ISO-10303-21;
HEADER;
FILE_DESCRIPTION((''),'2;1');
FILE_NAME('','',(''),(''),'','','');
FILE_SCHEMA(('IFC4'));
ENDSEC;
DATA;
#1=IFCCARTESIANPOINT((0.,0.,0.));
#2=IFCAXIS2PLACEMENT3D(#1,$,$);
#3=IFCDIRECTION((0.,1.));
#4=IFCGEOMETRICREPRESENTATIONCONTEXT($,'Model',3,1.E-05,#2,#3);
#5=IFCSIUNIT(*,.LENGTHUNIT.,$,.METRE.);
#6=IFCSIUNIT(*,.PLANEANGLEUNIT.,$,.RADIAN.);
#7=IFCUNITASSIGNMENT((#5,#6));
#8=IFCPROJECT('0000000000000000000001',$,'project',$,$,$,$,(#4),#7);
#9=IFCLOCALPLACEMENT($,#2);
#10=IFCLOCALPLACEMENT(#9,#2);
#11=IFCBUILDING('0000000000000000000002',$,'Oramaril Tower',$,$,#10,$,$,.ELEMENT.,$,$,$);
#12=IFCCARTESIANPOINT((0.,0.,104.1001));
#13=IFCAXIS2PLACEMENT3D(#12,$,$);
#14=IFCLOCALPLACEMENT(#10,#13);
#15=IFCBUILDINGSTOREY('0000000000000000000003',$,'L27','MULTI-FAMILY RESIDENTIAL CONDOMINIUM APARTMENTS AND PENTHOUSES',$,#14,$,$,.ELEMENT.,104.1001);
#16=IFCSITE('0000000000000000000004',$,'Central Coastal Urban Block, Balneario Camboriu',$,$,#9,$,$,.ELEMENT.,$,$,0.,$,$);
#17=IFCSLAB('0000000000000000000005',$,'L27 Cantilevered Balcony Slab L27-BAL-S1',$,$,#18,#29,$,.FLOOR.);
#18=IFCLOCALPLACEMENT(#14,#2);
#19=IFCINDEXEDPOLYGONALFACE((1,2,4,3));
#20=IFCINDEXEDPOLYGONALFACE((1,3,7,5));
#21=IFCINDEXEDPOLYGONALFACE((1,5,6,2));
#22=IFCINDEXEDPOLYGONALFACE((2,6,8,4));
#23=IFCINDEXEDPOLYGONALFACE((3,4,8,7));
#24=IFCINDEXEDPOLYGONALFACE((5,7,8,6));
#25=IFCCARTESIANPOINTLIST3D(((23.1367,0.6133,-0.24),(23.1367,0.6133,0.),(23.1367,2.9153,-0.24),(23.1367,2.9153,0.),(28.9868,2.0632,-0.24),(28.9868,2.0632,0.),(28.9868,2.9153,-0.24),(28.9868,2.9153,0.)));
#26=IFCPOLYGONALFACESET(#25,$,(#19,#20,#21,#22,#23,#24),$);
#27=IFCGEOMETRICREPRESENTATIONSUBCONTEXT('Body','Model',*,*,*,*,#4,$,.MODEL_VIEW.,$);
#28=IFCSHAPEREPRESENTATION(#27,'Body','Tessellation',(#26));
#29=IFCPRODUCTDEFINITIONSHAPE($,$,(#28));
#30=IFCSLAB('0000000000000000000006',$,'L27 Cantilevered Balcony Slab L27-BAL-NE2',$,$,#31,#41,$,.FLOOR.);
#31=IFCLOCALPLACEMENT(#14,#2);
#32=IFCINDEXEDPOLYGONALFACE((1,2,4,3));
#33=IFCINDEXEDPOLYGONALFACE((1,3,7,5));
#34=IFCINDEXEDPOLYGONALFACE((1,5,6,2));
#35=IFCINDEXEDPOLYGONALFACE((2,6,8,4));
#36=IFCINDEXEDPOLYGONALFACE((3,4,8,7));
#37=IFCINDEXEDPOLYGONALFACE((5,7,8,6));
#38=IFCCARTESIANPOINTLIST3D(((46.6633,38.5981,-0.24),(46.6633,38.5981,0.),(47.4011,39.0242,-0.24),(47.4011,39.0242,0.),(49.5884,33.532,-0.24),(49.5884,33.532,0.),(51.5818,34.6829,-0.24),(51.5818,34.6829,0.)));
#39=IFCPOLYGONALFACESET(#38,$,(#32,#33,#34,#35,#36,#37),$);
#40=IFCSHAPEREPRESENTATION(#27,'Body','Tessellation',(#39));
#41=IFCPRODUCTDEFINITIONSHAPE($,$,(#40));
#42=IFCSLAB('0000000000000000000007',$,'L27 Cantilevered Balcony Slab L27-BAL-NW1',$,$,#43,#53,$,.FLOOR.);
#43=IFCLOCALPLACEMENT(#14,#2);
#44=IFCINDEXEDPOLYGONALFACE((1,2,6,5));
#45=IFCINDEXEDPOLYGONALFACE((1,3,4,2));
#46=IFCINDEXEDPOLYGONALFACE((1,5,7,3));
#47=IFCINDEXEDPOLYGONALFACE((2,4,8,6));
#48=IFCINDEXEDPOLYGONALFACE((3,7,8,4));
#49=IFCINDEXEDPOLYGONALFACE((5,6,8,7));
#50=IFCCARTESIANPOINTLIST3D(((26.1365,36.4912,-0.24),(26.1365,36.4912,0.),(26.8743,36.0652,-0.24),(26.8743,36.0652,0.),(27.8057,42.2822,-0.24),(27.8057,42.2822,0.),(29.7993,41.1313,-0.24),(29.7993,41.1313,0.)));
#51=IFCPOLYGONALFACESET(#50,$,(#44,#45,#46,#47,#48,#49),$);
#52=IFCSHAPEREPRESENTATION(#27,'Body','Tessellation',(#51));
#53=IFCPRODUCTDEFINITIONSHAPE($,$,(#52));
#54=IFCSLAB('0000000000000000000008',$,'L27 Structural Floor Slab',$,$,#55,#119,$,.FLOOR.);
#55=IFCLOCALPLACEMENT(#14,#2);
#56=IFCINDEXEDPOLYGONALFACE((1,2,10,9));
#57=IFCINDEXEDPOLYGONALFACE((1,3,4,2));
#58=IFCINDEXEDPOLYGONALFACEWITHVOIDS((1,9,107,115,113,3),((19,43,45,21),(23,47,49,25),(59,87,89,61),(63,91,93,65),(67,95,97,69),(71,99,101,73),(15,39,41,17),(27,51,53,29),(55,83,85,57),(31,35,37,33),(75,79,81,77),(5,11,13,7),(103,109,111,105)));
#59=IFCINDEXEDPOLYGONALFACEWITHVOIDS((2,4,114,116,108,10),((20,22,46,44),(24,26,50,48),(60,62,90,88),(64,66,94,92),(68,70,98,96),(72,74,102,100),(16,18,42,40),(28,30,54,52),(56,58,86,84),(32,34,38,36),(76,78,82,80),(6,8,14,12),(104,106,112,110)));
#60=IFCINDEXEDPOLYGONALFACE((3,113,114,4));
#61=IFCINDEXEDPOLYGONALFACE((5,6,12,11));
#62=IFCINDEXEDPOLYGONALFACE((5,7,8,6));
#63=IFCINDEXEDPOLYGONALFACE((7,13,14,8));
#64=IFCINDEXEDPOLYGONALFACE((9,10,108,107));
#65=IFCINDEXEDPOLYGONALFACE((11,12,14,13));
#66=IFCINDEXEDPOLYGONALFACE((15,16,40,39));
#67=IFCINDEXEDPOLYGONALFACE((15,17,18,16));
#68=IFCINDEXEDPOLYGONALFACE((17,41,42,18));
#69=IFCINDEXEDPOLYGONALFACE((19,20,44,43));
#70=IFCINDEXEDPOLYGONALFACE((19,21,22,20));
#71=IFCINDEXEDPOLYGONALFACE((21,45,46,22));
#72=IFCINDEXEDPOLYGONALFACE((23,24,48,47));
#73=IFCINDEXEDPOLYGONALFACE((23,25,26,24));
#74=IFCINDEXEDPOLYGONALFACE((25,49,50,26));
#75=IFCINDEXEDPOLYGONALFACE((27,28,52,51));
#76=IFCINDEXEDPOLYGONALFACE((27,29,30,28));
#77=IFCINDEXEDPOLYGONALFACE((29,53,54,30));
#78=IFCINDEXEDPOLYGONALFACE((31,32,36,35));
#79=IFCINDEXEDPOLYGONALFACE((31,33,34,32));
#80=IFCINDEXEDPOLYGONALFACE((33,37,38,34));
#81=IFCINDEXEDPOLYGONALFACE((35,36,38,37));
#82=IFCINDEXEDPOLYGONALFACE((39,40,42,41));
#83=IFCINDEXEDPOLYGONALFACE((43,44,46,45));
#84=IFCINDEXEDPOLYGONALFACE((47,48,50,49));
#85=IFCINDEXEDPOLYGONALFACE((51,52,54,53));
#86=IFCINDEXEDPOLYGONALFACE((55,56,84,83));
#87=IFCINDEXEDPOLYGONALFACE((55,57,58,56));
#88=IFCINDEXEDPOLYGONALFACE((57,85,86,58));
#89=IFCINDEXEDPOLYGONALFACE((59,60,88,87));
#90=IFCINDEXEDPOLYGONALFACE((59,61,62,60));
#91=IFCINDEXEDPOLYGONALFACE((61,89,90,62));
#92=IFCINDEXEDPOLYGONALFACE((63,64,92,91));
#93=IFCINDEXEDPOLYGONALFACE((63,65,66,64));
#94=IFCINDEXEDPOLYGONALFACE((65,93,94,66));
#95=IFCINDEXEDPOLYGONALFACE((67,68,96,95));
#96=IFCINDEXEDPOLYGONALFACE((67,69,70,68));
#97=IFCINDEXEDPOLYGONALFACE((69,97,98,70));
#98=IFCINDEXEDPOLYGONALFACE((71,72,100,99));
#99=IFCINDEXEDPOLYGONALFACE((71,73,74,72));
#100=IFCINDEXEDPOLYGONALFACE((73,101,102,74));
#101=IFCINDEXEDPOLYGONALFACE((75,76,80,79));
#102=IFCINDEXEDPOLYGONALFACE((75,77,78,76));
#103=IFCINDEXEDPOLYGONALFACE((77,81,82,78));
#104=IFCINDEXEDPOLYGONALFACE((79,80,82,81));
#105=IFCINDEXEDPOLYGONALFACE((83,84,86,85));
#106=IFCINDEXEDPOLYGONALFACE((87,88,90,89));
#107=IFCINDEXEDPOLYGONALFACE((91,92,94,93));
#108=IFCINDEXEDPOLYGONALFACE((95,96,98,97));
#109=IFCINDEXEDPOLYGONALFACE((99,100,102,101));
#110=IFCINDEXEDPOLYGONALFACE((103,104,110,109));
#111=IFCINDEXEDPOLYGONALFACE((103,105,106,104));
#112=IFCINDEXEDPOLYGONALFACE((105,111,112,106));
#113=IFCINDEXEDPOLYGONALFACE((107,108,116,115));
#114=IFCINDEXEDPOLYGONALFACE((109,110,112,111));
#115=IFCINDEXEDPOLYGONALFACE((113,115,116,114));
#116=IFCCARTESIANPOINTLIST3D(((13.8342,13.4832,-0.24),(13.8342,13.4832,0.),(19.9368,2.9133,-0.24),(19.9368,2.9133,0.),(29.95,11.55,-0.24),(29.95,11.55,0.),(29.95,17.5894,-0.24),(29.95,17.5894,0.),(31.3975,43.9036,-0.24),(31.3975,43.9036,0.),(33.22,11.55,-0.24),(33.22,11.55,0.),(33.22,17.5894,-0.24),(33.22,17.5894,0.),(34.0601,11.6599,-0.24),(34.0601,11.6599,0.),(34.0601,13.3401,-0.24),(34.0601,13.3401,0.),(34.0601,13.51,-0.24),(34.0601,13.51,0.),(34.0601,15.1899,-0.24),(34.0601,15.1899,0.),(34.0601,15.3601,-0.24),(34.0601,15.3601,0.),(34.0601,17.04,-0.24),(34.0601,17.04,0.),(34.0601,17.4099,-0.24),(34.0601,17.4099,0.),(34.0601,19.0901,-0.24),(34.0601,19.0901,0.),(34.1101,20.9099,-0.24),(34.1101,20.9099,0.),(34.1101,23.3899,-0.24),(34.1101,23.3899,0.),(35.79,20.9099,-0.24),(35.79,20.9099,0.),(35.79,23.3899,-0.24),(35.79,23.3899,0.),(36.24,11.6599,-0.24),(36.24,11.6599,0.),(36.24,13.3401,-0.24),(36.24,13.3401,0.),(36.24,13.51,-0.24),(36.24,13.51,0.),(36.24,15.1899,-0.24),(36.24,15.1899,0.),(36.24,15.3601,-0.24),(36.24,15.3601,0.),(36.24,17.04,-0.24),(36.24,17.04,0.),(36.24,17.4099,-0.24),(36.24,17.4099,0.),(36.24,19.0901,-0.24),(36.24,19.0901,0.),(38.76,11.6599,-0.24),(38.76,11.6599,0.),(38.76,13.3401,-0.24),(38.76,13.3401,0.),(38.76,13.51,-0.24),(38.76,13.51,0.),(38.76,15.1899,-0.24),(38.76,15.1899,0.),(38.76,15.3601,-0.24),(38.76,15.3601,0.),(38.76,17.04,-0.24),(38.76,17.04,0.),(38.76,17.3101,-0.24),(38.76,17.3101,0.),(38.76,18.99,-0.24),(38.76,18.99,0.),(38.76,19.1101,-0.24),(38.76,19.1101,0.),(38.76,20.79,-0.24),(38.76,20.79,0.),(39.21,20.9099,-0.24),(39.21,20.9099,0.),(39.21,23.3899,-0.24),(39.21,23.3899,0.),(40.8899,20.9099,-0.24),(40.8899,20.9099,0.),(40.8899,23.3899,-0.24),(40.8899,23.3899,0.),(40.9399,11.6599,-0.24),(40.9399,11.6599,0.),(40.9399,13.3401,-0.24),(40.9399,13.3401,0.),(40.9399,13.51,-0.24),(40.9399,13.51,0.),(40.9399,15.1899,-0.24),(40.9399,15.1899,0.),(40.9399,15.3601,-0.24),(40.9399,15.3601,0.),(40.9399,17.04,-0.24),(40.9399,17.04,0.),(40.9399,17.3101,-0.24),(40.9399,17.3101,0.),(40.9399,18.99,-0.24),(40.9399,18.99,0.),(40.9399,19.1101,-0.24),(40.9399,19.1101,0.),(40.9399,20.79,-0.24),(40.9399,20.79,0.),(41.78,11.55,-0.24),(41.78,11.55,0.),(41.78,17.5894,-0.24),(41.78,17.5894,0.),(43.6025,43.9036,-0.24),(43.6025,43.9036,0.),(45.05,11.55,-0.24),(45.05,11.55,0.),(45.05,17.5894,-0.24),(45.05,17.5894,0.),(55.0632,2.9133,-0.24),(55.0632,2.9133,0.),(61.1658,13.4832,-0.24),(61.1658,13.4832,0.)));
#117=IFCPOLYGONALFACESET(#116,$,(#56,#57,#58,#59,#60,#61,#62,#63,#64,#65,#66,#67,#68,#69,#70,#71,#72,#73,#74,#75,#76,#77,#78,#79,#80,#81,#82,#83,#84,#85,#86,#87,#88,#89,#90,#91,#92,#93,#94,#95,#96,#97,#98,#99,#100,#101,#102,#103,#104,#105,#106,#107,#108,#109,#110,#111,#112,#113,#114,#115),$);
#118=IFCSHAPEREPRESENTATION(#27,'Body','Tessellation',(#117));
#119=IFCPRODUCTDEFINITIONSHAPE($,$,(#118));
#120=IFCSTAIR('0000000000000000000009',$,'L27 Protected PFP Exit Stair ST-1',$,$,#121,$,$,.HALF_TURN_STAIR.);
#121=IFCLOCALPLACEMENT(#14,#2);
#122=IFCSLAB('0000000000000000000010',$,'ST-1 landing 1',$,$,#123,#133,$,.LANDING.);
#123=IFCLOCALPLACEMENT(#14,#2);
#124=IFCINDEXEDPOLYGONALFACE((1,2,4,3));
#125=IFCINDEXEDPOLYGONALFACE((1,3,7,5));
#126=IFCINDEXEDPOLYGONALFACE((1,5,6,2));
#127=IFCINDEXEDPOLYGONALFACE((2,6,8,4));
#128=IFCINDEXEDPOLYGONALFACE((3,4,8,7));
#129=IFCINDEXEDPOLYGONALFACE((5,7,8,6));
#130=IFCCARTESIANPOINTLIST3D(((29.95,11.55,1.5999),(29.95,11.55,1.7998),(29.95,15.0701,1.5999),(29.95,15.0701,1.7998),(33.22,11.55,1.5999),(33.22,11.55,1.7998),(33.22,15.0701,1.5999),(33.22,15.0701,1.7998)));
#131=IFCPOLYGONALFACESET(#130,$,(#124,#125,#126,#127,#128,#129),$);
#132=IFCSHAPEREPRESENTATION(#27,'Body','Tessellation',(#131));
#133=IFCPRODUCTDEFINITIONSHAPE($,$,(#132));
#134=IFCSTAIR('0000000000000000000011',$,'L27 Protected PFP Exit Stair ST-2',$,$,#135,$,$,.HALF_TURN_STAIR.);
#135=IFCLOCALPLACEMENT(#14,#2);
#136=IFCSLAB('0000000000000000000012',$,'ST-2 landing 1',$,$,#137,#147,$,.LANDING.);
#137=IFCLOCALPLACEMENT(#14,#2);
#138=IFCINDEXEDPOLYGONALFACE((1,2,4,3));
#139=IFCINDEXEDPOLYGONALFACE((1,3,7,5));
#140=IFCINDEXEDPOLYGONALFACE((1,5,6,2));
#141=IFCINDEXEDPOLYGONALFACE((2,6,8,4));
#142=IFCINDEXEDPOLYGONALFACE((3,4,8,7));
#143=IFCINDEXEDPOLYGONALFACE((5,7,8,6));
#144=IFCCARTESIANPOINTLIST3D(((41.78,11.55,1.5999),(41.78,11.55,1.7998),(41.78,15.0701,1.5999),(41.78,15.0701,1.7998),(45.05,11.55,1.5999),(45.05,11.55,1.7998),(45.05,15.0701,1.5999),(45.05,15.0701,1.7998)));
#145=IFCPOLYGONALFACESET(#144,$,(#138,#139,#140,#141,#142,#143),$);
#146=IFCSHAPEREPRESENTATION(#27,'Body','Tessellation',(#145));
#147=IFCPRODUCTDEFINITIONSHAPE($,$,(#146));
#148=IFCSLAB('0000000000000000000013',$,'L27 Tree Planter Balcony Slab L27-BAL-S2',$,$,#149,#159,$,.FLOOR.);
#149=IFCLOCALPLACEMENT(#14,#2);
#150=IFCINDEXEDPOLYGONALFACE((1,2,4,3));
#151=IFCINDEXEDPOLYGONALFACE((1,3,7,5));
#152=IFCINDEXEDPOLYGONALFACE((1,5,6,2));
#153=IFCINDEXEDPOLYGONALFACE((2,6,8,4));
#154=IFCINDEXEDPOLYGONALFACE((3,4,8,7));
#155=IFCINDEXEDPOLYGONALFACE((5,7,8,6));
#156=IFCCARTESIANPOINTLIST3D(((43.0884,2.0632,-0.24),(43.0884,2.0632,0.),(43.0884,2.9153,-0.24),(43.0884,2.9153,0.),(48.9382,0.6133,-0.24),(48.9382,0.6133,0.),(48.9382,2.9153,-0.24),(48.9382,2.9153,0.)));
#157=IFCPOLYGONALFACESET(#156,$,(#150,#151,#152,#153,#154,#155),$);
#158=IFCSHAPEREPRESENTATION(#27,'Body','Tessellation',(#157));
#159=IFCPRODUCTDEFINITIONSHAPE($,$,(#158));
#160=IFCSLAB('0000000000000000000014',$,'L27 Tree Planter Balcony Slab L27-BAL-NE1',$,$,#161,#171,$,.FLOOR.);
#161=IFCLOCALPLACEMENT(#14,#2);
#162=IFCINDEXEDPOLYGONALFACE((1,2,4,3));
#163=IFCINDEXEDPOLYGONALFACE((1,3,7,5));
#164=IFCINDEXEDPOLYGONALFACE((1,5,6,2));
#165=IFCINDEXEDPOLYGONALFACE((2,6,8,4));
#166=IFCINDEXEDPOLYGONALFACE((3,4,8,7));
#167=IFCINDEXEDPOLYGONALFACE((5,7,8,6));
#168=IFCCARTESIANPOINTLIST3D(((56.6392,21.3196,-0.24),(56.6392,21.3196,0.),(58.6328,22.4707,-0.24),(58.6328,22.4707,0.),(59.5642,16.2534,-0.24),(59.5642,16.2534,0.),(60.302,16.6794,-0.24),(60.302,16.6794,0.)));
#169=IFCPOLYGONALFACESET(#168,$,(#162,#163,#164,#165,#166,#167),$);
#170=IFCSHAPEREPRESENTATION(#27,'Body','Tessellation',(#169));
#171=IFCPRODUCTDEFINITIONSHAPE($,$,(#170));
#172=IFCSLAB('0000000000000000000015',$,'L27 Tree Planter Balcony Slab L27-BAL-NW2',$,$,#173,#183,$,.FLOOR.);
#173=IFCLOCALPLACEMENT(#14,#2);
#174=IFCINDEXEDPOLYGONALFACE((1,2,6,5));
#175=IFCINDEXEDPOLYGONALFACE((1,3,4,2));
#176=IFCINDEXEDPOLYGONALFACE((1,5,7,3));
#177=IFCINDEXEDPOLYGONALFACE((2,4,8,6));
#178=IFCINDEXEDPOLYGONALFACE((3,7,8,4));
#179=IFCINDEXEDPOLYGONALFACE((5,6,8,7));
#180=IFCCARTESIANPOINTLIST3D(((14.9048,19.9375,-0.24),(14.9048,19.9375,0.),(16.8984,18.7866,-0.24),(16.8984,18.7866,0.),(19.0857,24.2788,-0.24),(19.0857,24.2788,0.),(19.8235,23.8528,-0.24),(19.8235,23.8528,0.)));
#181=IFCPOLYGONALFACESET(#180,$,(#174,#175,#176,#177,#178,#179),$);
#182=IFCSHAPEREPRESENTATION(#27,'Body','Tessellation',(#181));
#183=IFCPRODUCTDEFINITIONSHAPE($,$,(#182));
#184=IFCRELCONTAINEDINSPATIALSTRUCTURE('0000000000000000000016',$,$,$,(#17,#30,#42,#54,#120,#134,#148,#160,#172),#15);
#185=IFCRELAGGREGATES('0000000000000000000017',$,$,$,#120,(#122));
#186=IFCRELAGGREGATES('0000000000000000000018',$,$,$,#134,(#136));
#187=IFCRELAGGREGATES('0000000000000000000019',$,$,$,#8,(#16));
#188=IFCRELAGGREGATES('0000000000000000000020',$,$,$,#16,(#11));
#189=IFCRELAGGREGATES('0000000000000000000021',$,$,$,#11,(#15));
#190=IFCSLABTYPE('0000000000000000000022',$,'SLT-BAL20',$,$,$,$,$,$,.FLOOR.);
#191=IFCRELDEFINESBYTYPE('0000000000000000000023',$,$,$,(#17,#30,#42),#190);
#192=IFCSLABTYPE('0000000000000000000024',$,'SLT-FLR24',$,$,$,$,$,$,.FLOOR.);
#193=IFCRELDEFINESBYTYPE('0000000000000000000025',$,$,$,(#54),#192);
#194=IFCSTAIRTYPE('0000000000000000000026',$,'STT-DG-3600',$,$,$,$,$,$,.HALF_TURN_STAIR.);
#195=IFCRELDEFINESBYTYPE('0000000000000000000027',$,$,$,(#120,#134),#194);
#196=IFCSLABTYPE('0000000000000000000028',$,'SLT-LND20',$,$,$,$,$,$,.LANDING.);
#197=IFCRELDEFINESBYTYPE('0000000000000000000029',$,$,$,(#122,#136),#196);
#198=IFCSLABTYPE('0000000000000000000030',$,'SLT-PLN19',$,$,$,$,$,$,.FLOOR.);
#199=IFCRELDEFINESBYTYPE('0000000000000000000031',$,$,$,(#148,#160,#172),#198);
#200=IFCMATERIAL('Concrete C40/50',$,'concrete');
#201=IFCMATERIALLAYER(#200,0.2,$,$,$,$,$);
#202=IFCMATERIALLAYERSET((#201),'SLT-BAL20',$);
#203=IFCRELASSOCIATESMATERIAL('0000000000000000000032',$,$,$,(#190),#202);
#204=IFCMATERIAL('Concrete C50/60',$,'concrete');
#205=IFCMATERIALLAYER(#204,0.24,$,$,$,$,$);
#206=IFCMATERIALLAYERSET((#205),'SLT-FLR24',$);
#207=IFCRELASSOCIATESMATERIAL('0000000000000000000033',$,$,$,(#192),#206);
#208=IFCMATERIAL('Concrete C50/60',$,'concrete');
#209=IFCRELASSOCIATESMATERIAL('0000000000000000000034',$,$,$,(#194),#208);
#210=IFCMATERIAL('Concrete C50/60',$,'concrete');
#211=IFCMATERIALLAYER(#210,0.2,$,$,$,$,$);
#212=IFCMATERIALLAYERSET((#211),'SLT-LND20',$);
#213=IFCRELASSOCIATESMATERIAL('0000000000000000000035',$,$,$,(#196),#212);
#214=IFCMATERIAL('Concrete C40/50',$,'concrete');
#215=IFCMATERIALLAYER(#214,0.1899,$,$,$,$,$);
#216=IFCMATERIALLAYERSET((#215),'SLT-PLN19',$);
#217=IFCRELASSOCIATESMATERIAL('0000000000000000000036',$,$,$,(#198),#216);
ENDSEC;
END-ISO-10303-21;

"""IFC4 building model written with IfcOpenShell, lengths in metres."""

from ifc_helpers import new_model, si_unit, direction, frame, origin, place, context, subcontext, project, spatial, polyline, outline, extrude, material, layer, layer_set, type_object, element, aggregate, save


model = new_model("IFC4")

# Units and contexts
model_context = context("Model", 3, precision=1e-05, world=origin(), true_north=direction((0.0, 1.0)))
body_context = subcontext(model_context, "Body", "Model", "MODEL_VIEW")
ifc_project = project(units=[si_unit("LENGTHUNIT", "METRE"), si_unit("PLANEANGLEUNIT", "RADIAN")], contexts=[model_context])

# Site, building, storey
site_placement = place(None, origin())
site = spatial("IfcSite", under=ifc_project, at=site_placement, Name="Central Coastal Urban Block, Balneario Camboriu", CompositionType="ELEMENT", RefElevation=0.0)
building_placement = place(site_placement, origin())
building = spatial("IfcBuilding", under=site, at=building_placement, Name="Oramaril Tower", CompositionType="ELEMENT")
storey_placement = place(building_placement, frame((0.0, 0.0, 104.1001)))
storey = spatial("IfcBuildingStorey", under=building, at=storey_placement, Name="L27", Description="MULTI-FAMILY RESIDENTIAL CONDOMINIUM APARTMENTS AND PENTHOUSES", CompositionType="ELEMENT", Elevation=104.1001)

# Slabs
ifc_material_1 = material(Name="Concrete C40/50", Category="concrete")
ifc_layer_1 = layer(ifc_material_1, 0.2)
ifc_layer_set_1 = layer_set([ifc_layer_1], Name="SLT-BAL20")
slab_type_1 = type_object("IfcSlabType", Name="SLT-BAL20", PredefinedType="FLOOR", material=ifc_layer_set_1)
slab_1_placement = place(storey_placement, frame((0.0, 0.0, -0.24)))
element("IfcSlab", 1, at=slab_1_placement, inside=storey, type_object=slab_type_1, Name="L27 Cantilevered Balcony Slab L27-BAL-S1", PredefinedType="FLOOR", context=body_context, shape_type="SweptSolid", body=[
    extrude(outline(polyline([(23.1367, 2.9153), (28.9868, 2.9153), (28.9868, 2.0632), (23.1367, 0.6133), (23.1367, 2.9153)])), origin(), (0.0, 0.0, 1.0), 0.24),
])
slab_2_placement = place(storey_placement, frame((0.0, 0.0, -0.24)))
element("IfcSlab", 2, at=slab_2_placement, inside=storey, type_object=slab_type_1, Name="L27 Cantilevered Balcony Slab L27-BAL-NE2", PredefinedType="FLOOR", context=body_context, shape_type="SweptSolid", body=[
    extrude(outline(polyline([(49.5884, 33.532), (46.6633, 38.5981), (47.4011, 39.0242), (51.5818, 34.6829), (49.5884, 33.532)])), origin(), (0.0, 0.0, 1.0), 0.24),
])
slab_3_placement = place(storey_placement, frame((0.0, 0.0, -0.24)))
element("IfcSlab", 3, at=slab_3_placement, inside=storey, type_object=slab_type_1, Name="L27 Cantilevered Balcony Slab L27-BAL-NW1", PredefinedType="FLOOR", context=body_context, shape_type="SweptSolid", body=[
    extrude(outline(polyline([(29.7993, 41.1313), (26.8743, 36.0652), (26.1365, 36.4912), (27.8057, 42.2822), (29.7993, 41.1313)])), origin(), (0.0, 0.0, 1.0), 0.24),
])
ifc_material_2 = material(Name="Concrete C50/60", Category="concrete")
ifc_layer_2 = layer(ifc_material_2, 0.24)
ifc_layer_set_2 = layer_set([ifc_layer_2], Name="SLT-FLR24")
slab_type_2 = type_object("IfcSlabType", Name="SLT-FLR24", PredefinedType="FLOOR", material=ifc_layer_set_2)
slab_4_placement = place(storey_placement, frame((0.0, 0.0, -0.24)))
element("IfcSlab", 4, at=slab_4_placement, inside=storey, type_object=slab_type_2, Name="L27 Structural Floor Slab", PredefinedType="FLOOR", context=body_context, shape_type="SweptSolid", body=[
    extrude(outline(polyline([(13.8342, 13.4832), (19.9368, 2.9133), (55.0632, 2.9133), (61.1658, 13.4832), (43.6025, 43.9036), (31.3975, 43.9036), (13.8342, 13.4832)]), holes=[polyline([(29.95, 17.5894), (29.95, 11.55), (33.22, 11.55), (33.22, 17.5894), (29.95, 17.5894)]), polyline([(41.78, 17.5894), (41.78, 11.55), (45.05, 11.55), (45.05, 17.5894), (41.78, 17.5894)]), polyline([(34.1101, 20.9099), (35.79, 20.9099), (35.79, 23.3899), (34.1101, 23.3899), (34.1101, 20.9099)]), polyline([(39.21, 20.9099), (40.8899, 20.9099), (40.8899, 23.3899), (39.21, 23.3899), (39.21, 20.9099)]), polyline([(34.0601, 11.6599), (36.24, 11.6599), (36.24, 13.3401), (34.0601, 13.3401), (34.0601, 11.6599)]), polyline([(34.0601, 13.51), (36.24, 13.51), (36.24, 15.1899), (34.0601, 15.1899), (34.0601, 13.51)]), polyline([(34.0601, 15.3601), (36.24, 15.3601), (36.24, 17.04), (34.0601, 17.04), (34.0601, 15.3601)]), polyline([(38.76, 11.6599), (40.9399, 11.6599), (40.9399, 13.3401), (38.76, 13.3401), (38.76, 11.6599)]), polyline([(38.76, 13.51), (40.9399, 13.51), (40.9399, 15.1899), (38.76, 15.1899), (38.76, 13.51)]), polyline([(38.76, 15.3601), (40.9399, 15.3601), (40.9399, 17.04), (38.76, 17.04), (38.76, 15.3601)]), polyline([(34.0601, 17.4099), (36.24, 17.4099), (36.24, 19.0901), (34.0601, 19.0901), (34.0601, 17.4099)]), polyline([(38.76, 17.3101), (40.9399, 17.3101), (40.9399, 18.99), (38.76, 18.99), (38.76, 17.3101)]), polyline([(38.76, 19.1101), (40.9399, 19.1101), (40.9399, 20.79), (38.76, 20.79), (38.76, 19.1101)])]), origin(), (0.0, 0.0, 1.0), 0.24),
])

# Stairs, slabs
ifc_material_3 = material(Name="Concrete C50/60", Category="concrete")
stair_type = type_object("IfcStairType", Name="STT-DG-3600", PredefinedType="HALF_TURN_STAIR", material=ifc_material_3)
stair_1_placement = place(storey_placement, origin())
stair_1 = element("IfcStair", 5, at=stair_1_placement, inside=storey, type_object=stair_type, Name="L27 Protected PFP Exit Stair ST-1", PredefinedType="HALF_TURN_STAIR")
ifc_material_4 = material(Name="Concrete C50/60", Category="concrete")
ifc_layer_3 = layer(ifc_material_4, 0.2)
ifc_layer_set_3 = layer_set([ifc_layer_3], Name="SLT-LND20")
slab_type_3 = type_object("IfcSlabType", Name="SLT-LND20", PredefinedType="LANDING", material=ifc_layer_set_3)
slab_5_placement = place(storey_placement, frame((0.0, 0.0, 1.5999)))
slab_5 = element("IfcSlab", 6, at=slab_5_placement, type_object=slab_type_3, Name="ST-1 landing 1", PredefinedType="LANDING", context=body_context, shape_type="SweptSolid", body=[
    extrude(outline(polyline([(29.95, 15.0701), (29.95, 11.55), (33.22, 11.55), (33.22, 15.0701), (29.95, 15.0701)])), origin(), (0.0, 0.0, 1.0), 0.2),
])
aggregate(stair_1, [slab_5])
stair_2_placement = place(storey_placement, origin())
stair_2 = element("IfcStair", 7, at=stair_2_placement, inside=storey, type_object=stair_type, Name="L27 Protected PFP Exit Stair ST-2", PredefinedType="HALF_TURN_STAIR")
slab_6_placement = place(storey_placement, frame((0.0, 0.0, 1.5999)))
slab_6 = element("IfcSlab", 8, at=slab_6_placement, type_object=slab_type_3, Name="ST-2 landing 1", PredefinedType="LANDING", context=body_context, shape_type="SweptSolid", body=[
    extrude(outline(polyline([(41.78, 15.0701), (41.78, 11.55), (45.05, 11.55), (45.05, 15.0701), (41.78, 15.0701)])), origin(), (0.0, 0.0, 1.0), 0.2),
])
aggregate(stair_2, [slab_6])

# Slabs
ifc_material_5 = material(Name="Concrete C40/50", Category="concrete")
ifc_layer_4 = layer(ifc_material_5, 0.1899)
ifc_layer_set_4 = layer_set([ifc_layer_4], Name="SLT-PLN19")
slab_type_4 = type_object("IfcSlabType", Name="SLT-PLN19", PredefinedType="FLOOR", material=ifc_layer_set_4)
slab_7_placement = place(storey_placement, frame((0.0, 0.0, -0.24)))
element("IfcSlab", 9, at=slab_7_placement, inside=storey, type_object=slab_type_4, Name="L27 Tree Planter Balcony Slab L27-BAL-S2", PredefinedType="FLOOR", context=body_context, shape_type="SweptSolid", body=[
    extrude(outline(polyline([(43.0884, 2.9153), (48.9382, 2.9153), (48.9382, 0.6133), (43.0884, 2.0632), (43.0884, 2.9153)])), origin(), (0.0, 0.0, 1.0), 0.24),
])
slab_8_placement = place(storey_placement, frame((0.0, 0.0, -0.24)))
element("IfcSlab", 10, at=slab_8_placement, inside=storey, type_object=slab_type_4, Name="L27 Tree Planter Balcony Slab L27-BAL-NE1", PredefinedType="FLOOR", context=body_context, shape_type="SweptSolid", body=[
    extrude(outline(polyline([(59.5642, 16.2534), (56.6392, 21.3196), (58.6328, 22.4707), (60.302, 16.6794), (59.5642, 16.2534)])), origin(), (0.0, 0.0, 1.0), 0.24),
])
slab_9_placement = place(storey_placement, frame((0.0, 0.0, -0.24)))
element("IfcSlab", 11, at=slab_9_placement, inside=storey, type_object=slab_type_4, Name="L27 Tree Planter Balcony Slab L27-BAL-NW2", PredefinedType="FLOOR", context=body_context, shape_type="SweptSolid", body=[
    extrude(outline(polyline([(19.8235, 23.8528), (16.8984, 18.7866), (14.9048, 19.9375), (19.0857, 24.2788), (19.8235, 23.8528)])), origin(), (0.0, 0.0, 1.0), 0.24),
])

save(model, "model.ifc")
